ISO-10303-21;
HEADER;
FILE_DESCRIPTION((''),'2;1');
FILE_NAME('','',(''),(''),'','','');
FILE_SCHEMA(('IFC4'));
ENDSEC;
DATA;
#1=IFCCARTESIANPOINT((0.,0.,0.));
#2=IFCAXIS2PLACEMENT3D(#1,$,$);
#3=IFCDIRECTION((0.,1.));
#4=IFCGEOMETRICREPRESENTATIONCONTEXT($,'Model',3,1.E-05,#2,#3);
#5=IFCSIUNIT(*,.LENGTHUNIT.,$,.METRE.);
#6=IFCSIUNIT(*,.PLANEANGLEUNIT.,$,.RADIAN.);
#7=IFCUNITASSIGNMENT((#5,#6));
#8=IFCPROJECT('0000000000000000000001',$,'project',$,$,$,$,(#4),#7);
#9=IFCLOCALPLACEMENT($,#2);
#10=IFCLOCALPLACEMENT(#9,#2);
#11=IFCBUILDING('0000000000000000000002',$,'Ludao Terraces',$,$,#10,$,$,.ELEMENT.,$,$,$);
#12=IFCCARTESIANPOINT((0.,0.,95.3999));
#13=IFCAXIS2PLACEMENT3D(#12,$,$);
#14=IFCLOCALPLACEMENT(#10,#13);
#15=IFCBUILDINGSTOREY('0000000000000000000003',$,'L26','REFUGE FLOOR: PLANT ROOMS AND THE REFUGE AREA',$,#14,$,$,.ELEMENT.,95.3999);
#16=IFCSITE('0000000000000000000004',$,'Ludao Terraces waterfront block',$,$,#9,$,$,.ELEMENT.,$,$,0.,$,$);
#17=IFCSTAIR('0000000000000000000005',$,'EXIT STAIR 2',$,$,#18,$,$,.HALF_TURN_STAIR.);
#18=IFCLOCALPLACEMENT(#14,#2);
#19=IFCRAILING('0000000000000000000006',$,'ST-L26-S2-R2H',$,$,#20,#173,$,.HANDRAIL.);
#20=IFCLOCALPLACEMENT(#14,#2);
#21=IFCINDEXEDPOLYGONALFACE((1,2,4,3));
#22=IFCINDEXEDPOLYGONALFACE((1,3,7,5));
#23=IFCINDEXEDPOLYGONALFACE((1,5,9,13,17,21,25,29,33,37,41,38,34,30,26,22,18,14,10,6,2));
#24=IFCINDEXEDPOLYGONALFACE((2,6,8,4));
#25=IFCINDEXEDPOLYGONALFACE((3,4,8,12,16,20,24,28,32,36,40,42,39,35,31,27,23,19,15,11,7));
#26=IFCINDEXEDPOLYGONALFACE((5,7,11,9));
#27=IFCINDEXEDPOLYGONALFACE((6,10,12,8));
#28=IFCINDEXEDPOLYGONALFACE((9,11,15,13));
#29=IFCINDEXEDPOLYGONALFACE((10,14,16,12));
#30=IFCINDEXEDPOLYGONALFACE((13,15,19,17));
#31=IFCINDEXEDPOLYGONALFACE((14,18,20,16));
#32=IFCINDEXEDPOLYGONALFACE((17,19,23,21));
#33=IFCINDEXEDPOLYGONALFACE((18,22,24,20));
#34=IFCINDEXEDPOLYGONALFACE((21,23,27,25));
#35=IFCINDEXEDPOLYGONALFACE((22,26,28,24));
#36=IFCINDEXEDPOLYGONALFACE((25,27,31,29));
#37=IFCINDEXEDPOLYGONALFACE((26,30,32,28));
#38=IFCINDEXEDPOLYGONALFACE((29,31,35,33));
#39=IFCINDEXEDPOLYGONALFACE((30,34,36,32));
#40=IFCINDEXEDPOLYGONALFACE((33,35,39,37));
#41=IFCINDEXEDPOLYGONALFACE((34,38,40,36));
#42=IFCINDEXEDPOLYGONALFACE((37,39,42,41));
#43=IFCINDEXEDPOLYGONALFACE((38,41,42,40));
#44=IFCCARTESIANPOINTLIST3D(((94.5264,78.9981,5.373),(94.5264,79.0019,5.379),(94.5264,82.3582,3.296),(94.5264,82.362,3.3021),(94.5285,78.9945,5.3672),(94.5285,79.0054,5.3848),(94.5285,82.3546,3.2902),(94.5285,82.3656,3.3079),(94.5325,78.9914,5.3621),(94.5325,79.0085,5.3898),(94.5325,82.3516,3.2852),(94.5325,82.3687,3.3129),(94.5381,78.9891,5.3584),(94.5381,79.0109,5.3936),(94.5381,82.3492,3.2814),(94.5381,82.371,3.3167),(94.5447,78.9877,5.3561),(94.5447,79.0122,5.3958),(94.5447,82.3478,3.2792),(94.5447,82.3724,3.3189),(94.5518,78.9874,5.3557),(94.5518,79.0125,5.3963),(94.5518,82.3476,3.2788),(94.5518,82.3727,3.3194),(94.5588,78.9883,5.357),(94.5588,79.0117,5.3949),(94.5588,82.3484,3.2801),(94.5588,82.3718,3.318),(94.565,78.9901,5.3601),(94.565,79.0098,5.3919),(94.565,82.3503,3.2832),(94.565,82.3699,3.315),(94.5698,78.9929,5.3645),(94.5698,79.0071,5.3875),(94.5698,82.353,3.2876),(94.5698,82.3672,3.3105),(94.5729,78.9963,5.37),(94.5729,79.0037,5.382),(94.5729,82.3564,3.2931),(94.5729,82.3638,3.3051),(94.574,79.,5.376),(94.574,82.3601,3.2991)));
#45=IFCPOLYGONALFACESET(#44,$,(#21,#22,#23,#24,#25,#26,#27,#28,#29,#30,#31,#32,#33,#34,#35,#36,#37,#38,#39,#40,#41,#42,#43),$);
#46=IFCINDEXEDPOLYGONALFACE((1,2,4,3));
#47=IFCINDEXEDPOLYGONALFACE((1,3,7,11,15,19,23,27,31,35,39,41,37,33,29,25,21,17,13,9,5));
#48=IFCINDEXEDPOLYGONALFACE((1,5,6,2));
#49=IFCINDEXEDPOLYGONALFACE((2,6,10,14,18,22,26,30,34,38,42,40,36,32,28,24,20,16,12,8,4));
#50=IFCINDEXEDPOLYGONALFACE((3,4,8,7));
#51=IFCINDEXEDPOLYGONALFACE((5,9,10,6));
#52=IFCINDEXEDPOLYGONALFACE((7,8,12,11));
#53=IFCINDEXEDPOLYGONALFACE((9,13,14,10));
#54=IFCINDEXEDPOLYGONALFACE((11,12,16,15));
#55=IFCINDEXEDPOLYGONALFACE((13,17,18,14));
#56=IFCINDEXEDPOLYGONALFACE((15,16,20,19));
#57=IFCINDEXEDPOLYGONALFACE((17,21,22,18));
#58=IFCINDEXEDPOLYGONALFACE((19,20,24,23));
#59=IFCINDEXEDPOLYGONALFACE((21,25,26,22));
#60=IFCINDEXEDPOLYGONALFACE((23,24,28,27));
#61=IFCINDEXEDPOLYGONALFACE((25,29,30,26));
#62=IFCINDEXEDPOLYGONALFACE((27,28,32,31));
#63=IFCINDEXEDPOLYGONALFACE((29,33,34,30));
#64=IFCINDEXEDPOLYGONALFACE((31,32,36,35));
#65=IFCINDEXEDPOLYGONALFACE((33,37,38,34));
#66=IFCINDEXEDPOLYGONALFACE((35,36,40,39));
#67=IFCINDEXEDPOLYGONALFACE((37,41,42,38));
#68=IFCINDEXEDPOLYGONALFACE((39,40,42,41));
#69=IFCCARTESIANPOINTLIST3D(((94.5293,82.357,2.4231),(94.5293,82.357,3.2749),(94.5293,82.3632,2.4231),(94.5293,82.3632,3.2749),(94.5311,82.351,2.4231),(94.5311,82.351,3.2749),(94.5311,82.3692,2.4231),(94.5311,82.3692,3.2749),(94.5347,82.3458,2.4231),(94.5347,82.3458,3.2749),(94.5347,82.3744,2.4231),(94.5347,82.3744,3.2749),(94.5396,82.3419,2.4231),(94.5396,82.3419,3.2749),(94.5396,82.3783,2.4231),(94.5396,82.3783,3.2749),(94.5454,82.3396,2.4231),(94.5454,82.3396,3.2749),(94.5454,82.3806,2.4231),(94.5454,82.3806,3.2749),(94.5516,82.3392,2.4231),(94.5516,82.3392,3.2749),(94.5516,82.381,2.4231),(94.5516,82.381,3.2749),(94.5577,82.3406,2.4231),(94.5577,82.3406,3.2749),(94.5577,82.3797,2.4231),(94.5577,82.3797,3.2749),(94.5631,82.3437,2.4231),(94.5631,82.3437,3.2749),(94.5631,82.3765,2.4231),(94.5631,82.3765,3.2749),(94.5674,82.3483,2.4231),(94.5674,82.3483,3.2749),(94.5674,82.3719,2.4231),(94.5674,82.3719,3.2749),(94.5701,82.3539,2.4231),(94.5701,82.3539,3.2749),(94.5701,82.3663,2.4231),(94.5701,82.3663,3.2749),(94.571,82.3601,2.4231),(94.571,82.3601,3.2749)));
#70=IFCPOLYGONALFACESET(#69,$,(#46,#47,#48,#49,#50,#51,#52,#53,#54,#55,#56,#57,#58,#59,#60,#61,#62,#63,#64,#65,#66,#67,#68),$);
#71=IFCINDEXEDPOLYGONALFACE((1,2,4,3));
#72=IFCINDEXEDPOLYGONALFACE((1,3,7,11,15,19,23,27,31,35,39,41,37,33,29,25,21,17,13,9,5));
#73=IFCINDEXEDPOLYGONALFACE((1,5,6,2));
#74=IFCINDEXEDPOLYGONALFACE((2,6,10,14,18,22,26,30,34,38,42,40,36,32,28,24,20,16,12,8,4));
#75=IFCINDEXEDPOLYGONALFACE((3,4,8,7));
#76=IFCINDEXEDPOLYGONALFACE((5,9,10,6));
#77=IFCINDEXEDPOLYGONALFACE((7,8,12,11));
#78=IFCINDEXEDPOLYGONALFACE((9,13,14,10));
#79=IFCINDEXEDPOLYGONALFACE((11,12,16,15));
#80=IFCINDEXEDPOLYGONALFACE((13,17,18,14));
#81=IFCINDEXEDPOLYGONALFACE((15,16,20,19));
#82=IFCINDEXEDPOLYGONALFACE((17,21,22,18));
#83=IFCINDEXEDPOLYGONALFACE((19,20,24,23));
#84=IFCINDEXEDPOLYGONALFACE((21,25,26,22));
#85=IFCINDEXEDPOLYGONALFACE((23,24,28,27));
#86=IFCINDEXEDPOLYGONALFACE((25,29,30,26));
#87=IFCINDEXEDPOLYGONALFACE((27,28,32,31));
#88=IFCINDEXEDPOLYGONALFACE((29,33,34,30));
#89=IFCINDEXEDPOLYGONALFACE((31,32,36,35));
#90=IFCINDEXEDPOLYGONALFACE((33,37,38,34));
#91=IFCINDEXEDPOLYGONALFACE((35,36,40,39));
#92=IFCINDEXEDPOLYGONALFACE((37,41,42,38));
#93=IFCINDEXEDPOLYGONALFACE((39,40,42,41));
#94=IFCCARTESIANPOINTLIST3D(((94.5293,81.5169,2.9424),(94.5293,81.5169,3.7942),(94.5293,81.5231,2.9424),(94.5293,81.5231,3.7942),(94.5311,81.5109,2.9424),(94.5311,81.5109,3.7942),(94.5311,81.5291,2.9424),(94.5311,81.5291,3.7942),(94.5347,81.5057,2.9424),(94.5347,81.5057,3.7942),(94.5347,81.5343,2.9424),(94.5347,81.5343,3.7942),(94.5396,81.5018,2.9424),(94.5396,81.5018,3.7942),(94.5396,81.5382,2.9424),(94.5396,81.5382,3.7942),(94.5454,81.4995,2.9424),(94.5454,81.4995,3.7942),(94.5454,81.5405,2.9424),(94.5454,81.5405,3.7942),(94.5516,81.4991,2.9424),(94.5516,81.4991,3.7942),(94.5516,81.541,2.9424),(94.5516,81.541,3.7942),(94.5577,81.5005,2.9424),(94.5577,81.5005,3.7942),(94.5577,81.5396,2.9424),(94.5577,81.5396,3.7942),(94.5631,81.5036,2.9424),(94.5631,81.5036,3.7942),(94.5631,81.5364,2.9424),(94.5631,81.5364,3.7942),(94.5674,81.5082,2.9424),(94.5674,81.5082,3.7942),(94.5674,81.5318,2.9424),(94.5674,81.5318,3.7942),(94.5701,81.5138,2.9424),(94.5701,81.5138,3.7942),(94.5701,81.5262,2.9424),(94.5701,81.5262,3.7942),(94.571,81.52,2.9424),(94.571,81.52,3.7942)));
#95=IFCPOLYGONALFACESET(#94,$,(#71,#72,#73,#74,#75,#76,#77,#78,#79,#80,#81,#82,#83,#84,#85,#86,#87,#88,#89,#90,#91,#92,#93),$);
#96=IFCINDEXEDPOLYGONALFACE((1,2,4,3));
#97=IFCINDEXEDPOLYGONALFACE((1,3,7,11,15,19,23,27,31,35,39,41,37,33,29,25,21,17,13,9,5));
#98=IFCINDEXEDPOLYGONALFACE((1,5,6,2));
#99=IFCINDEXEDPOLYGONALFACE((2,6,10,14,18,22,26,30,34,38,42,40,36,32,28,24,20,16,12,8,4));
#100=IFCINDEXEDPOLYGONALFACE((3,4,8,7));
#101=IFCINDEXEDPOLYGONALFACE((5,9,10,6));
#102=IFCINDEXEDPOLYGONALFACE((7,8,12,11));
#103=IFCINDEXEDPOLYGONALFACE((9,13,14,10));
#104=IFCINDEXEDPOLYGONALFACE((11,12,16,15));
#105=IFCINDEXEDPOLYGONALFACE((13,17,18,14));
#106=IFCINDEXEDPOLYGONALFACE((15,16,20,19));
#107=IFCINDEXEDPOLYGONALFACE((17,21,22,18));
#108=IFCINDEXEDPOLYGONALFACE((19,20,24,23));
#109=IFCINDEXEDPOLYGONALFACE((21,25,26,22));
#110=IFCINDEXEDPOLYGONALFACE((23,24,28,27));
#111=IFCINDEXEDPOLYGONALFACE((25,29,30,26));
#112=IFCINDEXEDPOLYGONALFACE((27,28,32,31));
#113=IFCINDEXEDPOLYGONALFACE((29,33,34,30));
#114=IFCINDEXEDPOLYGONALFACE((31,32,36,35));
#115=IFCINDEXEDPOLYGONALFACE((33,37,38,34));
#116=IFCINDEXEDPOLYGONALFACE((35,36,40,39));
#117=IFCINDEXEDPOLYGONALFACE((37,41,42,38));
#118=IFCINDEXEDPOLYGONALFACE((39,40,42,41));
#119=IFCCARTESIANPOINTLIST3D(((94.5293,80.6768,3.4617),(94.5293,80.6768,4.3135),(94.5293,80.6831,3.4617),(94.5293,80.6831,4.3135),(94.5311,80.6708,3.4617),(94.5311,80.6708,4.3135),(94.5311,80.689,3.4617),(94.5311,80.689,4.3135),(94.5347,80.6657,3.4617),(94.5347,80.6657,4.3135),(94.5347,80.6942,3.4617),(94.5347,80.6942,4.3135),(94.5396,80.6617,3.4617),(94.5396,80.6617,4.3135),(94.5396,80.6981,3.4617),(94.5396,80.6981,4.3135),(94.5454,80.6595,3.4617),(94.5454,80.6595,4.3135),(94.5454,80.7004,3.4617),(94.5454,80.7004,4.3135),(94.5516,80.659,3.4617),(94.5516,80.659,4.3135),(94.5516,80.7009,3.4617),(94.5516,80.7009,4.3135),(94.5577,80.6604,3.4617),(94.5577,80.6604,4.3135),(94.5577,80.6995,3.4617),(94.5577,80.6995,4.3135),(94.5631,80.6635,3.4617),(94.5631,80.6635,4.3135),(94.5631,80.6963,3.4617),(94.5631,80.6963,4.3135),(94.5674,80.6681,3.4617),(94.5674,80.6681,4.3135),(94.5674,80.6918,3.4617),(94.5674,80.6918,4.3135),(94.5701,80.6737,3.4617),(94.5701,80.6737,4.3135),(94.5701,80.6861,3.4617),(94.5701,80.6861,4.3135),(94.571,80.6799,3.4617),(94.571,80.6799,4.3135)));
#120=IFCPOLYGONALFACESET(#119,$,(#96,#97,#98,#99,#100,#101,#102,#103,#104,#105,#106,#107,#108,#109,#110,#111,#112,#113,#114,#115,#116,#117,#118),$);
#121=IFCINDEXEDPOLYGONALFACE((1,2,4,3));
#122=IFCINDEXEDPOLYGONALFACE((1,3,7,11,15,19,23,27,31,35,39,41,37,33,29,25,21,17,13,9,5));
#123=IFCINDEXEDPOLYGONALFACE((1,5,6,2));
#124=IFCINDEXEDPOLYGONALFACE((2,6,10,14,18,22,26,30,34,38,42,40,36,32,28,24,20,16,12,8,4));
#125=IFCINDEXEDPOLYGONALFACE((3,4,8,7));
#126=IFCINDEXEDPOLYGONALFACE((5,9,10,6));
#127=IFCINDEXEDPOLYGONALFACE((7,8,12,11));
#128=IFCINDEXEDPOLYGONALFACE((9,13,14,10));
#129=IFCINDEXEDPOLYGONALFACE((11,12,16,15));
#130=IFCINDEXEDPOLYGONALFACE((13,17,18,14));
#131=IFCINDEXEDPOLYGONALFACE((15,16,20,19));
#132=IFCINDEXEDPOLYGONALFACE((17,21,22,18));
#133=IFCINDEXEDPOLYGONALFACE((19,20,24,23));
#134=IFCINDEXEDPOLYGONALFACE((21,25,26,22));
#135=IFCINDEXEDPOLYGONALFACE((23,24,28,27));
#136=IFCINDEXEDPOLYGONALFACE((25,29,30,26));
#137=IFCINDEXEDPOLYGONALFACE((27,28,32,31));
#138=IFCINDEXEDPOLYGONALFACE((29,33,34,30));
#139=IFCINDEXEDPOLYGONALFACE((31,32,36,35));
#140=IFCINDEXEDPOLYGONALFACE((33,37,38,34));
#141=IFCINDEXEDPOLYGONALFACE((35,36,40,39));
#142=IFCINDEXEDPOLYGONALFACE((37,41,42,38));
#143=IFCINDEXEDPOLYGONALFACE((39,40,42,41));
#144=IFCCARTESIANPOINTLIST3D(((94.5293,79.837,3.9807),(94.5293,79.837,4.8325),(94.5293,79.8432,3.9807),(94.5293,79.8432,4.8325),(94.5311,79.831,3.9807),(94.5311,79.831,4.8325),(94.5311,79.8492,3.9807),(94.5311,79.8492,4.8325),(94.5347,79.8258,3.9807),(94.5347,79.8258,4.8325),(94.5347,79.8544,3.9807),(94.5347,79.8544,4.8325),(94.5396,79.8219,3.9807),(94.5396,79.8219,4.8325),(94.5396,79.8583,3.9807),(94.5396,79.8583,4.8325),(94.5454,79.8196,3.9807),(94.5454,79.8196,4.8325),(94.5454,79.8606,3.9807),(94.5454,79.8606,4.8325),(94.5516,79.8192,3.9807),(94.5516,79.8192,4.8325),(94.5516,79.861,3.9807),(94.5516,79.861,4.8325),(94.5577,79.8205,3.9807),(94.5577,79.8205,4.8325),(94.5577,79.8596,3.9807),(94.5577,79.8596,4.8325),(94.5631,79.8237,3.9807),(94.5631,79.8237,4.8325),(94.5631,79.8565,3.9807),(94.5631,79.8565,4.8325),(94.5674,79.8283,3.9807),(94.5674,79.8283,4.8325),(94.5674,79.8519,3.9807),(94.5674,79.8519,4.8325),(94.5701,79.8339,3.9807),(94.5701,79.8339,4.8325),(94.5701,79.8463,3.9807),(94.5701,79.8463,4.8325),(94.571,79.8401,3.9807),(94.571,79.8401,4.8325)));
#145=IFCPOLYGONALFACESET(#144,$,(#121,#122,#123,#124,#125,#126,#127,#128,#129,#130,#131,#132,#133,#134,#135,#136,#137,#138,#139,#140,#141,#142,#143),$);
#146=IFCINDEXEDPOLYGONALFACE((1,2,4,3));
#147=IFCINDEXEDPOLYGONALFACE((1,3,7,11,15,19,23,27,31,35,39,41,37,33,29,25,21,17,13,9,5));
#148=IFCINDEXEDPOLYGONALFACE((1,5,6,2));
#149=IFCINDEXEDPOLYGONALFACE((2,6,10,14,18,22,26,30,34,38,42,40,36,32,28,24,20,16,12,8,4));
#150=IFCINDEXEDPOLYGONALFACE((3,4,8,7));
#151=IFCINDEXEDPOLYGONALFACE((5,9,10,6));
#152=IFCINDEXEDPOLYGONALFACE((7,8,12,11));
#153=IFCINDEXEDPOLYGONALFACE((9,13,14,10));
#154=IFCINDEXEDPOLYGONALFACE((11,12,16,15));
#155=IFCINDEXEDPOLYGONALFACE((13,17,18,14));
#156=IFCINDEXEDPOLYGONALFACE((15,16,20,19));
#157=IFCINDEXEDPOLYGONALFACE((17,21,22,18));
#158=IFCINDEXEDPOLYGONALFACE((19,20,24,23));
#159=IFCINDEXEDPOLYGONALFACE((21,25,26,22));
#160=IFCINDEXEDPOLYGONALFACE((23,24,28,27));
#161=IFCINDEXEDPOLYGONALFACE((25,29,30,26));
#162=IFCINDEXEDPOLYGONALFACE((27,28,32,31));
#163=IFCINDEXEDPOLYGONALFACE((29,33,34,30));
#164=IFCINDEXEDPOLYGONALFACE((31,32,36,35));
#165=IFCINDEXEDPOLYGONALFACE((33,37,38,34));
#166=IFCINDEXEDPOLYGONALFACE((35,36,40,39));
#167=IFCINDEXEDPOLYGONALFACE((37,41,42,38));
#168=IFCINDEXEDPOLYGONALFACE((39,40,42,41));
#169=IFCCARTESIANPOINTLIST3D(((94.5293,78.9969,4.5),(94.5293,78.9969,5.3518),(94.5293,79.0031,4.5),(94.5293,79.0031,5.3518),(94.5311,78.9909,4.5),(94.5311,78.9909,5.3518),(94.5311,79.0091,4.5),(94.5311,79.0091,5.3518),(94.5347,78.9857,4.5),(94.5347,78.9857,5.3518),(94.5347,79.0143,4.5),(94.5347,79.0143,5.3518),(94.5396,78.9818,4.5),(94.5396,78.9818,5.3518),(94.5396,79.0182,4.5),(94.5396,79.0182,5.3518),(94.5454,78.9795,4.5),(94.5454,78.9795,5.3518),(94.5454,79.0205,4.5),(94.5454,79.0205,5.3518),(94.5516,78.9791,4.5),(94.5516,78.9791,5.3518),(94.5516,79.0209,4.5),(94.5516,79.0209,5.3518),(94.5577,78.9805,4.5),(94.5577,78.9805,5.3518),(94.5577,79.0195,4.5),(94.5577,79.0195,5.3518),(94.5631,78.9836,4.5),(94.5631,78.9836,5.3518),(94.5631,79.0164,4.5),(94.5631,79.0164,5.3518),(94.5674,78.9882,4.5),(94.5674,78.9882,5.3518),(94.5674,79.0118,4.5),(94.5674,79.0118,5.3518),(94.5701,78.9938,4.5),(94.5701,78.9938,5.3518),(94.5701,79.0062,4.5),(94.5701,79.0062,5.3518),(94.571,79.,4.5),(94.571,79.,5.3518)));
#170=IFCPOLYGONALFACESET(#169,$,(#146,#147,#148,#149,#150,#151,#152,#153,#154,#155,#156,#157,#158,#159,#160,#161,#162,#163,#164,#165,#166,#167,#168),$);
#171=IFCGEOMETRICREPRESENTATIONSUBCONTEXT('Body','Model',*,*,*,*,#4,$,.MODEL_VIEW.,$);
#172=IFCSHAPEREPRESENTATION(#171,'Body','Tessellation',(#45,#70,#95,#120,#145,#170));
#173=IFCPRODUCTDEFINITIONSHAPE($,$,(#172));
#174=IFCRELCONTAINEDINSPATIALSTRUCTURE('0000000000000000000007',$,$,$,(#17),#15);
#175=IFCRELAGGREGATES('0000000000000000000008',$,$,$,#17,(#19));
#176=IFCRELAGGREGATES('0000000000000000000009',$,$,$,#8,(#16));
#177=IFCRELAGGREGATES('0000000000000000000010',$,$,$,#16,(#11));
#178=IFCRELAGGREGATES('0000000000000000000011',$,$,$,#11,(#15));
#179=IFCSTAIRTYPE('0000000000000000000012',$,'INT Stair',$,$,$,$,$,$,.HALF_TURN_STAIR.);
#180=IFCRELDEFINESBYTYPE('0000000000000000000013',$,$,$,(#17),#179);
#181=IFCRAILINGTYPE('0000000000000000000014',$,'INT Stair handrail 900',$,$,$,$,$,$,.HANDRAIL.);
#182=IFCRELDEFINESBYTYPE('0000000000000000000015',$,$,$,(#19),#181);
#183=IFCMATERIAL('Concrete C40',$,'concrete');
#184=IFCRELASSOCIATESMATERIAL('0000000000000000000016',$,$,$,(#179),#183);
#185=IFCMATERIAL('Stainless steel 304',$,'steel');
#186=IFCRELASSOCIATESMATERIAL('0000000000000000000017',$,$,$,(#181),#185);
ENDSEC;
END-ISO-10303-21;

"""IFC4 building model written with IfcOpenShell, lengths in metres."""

from ifc_helpers import new_model, si_unit, direction, frame, origin, origin_2d, place, context, subcontext, project, spatial, circle, extrude, material, type_object, element, aggregate, save


model = new_model("IFC4")

# Units and contexts
model_context = context("Model", 3, precision=1e-05, world=origin(), true_north=direction((0.0, 1.0)))
body_context = subcontext(model_context, "Body", "Model", "MODEL_VIEW")
ifc_project = project(units=[si_unit("LENGTHUNIT", "METRE"), si_unit("PLANEANGLEUNIT", "RADIAN")], contexts=[model_context])

# Site, building, storey
site_placement = place(None, origin())
site = spatial("IfcSite", under=ifc_project, at=site_placement, Name="Ludao Terraces waterfront block", CompositionType="ELEMENT", RefElevation=0.0)
building_placement = place(site_placement, origin())
building = spatial("IfcBuilding", under=site, at=building_placement, Name="Ludao Terraces", CompositionType="ELEMENT")
storey_placement = place(building_placement, frame((0.0, 0.0, 95.3999)))
storey = spatial("IfcBuildingStorey", under=building, at=storey_placement, Name="L26", Description="REFUGE FLOOR: PLANT ROOMS AND THE REFUGE AREA", CompositionType="ELEMENT", Elevation=95.3999)

# Stair, railing
ifc_material_1 = material(Name="Concrete C40", Category="concrete")
stair_type = type_object("IfcStairType", Name="INT Stair", PredefinedType="HALF_TURN_STAIR", material=ifc_material_1)
stair_placement = place(storey_placement, origin())
stair = element("IfcStair", 1, at=stair_placement, inside=storey, type_object=stair_type, Name="EXIT STAIR 2", PredefinedType="HALF_TURN_STAIR")
ifc_material_2 = material(Name="Stainless steel 304", Category="steel")
railing_type_1 = type_object("IfcRailingType", Name="INT Stair handrail 900", PredefinedType="HANDRAIL", material=ifc_material_2)
railing_1_placement = place(storey_placement, frame((94.55, 82.3601, 2.4231)))
railing_1 = element("IfcRailing", 2, at=railing_1_placement, type_object=railing_type_1, Name="ST-L26-S2-R2H", PredefinedType="HANDRAIL", context=body_context, shape_type="SweptSolid", body=[
    extrude(circle(Radius=0.0239, at=origin_2d()), frame((0.0, 0.0, 0.876), z_axis=(0.0, -0.850623, 0.525776), x_axis=(1.0, 0.0, 0.0)), (0.0, 0.0, 1.0), 3.9502),
    extrude(circle(Radius=0.021, at=origin_2d()), origin(), (0.0, 0.0, 1.0), 0.8518),
    extrude(circle(Radius=0.021, at=origin_2d()), frame((0.0, -0.8401, 0.5193)), (0.0, 0.0, 1.0), 0.8518),
    extrude(circle(Radius=0.021, at=origin_2d()), frame((0.0, -1.6802, 1.0386)), (0.0, 0.0, 1.0), 0.8518),
    extrude(circle(Radius=0.021, at=origin_2d()), frame((0.0, -2.52, 1.5576)), (0.0, 0.0, 1.0), 0.8518),
    extrude(circle(Radius=0.021, at=origin_2d()), frame((0.0, -3.3601, 2.0769)), (0.0, 0.0, 1.0), 0.8518),
])
aggregate(stair, [railing_1])

save(model, "model.ifc")
